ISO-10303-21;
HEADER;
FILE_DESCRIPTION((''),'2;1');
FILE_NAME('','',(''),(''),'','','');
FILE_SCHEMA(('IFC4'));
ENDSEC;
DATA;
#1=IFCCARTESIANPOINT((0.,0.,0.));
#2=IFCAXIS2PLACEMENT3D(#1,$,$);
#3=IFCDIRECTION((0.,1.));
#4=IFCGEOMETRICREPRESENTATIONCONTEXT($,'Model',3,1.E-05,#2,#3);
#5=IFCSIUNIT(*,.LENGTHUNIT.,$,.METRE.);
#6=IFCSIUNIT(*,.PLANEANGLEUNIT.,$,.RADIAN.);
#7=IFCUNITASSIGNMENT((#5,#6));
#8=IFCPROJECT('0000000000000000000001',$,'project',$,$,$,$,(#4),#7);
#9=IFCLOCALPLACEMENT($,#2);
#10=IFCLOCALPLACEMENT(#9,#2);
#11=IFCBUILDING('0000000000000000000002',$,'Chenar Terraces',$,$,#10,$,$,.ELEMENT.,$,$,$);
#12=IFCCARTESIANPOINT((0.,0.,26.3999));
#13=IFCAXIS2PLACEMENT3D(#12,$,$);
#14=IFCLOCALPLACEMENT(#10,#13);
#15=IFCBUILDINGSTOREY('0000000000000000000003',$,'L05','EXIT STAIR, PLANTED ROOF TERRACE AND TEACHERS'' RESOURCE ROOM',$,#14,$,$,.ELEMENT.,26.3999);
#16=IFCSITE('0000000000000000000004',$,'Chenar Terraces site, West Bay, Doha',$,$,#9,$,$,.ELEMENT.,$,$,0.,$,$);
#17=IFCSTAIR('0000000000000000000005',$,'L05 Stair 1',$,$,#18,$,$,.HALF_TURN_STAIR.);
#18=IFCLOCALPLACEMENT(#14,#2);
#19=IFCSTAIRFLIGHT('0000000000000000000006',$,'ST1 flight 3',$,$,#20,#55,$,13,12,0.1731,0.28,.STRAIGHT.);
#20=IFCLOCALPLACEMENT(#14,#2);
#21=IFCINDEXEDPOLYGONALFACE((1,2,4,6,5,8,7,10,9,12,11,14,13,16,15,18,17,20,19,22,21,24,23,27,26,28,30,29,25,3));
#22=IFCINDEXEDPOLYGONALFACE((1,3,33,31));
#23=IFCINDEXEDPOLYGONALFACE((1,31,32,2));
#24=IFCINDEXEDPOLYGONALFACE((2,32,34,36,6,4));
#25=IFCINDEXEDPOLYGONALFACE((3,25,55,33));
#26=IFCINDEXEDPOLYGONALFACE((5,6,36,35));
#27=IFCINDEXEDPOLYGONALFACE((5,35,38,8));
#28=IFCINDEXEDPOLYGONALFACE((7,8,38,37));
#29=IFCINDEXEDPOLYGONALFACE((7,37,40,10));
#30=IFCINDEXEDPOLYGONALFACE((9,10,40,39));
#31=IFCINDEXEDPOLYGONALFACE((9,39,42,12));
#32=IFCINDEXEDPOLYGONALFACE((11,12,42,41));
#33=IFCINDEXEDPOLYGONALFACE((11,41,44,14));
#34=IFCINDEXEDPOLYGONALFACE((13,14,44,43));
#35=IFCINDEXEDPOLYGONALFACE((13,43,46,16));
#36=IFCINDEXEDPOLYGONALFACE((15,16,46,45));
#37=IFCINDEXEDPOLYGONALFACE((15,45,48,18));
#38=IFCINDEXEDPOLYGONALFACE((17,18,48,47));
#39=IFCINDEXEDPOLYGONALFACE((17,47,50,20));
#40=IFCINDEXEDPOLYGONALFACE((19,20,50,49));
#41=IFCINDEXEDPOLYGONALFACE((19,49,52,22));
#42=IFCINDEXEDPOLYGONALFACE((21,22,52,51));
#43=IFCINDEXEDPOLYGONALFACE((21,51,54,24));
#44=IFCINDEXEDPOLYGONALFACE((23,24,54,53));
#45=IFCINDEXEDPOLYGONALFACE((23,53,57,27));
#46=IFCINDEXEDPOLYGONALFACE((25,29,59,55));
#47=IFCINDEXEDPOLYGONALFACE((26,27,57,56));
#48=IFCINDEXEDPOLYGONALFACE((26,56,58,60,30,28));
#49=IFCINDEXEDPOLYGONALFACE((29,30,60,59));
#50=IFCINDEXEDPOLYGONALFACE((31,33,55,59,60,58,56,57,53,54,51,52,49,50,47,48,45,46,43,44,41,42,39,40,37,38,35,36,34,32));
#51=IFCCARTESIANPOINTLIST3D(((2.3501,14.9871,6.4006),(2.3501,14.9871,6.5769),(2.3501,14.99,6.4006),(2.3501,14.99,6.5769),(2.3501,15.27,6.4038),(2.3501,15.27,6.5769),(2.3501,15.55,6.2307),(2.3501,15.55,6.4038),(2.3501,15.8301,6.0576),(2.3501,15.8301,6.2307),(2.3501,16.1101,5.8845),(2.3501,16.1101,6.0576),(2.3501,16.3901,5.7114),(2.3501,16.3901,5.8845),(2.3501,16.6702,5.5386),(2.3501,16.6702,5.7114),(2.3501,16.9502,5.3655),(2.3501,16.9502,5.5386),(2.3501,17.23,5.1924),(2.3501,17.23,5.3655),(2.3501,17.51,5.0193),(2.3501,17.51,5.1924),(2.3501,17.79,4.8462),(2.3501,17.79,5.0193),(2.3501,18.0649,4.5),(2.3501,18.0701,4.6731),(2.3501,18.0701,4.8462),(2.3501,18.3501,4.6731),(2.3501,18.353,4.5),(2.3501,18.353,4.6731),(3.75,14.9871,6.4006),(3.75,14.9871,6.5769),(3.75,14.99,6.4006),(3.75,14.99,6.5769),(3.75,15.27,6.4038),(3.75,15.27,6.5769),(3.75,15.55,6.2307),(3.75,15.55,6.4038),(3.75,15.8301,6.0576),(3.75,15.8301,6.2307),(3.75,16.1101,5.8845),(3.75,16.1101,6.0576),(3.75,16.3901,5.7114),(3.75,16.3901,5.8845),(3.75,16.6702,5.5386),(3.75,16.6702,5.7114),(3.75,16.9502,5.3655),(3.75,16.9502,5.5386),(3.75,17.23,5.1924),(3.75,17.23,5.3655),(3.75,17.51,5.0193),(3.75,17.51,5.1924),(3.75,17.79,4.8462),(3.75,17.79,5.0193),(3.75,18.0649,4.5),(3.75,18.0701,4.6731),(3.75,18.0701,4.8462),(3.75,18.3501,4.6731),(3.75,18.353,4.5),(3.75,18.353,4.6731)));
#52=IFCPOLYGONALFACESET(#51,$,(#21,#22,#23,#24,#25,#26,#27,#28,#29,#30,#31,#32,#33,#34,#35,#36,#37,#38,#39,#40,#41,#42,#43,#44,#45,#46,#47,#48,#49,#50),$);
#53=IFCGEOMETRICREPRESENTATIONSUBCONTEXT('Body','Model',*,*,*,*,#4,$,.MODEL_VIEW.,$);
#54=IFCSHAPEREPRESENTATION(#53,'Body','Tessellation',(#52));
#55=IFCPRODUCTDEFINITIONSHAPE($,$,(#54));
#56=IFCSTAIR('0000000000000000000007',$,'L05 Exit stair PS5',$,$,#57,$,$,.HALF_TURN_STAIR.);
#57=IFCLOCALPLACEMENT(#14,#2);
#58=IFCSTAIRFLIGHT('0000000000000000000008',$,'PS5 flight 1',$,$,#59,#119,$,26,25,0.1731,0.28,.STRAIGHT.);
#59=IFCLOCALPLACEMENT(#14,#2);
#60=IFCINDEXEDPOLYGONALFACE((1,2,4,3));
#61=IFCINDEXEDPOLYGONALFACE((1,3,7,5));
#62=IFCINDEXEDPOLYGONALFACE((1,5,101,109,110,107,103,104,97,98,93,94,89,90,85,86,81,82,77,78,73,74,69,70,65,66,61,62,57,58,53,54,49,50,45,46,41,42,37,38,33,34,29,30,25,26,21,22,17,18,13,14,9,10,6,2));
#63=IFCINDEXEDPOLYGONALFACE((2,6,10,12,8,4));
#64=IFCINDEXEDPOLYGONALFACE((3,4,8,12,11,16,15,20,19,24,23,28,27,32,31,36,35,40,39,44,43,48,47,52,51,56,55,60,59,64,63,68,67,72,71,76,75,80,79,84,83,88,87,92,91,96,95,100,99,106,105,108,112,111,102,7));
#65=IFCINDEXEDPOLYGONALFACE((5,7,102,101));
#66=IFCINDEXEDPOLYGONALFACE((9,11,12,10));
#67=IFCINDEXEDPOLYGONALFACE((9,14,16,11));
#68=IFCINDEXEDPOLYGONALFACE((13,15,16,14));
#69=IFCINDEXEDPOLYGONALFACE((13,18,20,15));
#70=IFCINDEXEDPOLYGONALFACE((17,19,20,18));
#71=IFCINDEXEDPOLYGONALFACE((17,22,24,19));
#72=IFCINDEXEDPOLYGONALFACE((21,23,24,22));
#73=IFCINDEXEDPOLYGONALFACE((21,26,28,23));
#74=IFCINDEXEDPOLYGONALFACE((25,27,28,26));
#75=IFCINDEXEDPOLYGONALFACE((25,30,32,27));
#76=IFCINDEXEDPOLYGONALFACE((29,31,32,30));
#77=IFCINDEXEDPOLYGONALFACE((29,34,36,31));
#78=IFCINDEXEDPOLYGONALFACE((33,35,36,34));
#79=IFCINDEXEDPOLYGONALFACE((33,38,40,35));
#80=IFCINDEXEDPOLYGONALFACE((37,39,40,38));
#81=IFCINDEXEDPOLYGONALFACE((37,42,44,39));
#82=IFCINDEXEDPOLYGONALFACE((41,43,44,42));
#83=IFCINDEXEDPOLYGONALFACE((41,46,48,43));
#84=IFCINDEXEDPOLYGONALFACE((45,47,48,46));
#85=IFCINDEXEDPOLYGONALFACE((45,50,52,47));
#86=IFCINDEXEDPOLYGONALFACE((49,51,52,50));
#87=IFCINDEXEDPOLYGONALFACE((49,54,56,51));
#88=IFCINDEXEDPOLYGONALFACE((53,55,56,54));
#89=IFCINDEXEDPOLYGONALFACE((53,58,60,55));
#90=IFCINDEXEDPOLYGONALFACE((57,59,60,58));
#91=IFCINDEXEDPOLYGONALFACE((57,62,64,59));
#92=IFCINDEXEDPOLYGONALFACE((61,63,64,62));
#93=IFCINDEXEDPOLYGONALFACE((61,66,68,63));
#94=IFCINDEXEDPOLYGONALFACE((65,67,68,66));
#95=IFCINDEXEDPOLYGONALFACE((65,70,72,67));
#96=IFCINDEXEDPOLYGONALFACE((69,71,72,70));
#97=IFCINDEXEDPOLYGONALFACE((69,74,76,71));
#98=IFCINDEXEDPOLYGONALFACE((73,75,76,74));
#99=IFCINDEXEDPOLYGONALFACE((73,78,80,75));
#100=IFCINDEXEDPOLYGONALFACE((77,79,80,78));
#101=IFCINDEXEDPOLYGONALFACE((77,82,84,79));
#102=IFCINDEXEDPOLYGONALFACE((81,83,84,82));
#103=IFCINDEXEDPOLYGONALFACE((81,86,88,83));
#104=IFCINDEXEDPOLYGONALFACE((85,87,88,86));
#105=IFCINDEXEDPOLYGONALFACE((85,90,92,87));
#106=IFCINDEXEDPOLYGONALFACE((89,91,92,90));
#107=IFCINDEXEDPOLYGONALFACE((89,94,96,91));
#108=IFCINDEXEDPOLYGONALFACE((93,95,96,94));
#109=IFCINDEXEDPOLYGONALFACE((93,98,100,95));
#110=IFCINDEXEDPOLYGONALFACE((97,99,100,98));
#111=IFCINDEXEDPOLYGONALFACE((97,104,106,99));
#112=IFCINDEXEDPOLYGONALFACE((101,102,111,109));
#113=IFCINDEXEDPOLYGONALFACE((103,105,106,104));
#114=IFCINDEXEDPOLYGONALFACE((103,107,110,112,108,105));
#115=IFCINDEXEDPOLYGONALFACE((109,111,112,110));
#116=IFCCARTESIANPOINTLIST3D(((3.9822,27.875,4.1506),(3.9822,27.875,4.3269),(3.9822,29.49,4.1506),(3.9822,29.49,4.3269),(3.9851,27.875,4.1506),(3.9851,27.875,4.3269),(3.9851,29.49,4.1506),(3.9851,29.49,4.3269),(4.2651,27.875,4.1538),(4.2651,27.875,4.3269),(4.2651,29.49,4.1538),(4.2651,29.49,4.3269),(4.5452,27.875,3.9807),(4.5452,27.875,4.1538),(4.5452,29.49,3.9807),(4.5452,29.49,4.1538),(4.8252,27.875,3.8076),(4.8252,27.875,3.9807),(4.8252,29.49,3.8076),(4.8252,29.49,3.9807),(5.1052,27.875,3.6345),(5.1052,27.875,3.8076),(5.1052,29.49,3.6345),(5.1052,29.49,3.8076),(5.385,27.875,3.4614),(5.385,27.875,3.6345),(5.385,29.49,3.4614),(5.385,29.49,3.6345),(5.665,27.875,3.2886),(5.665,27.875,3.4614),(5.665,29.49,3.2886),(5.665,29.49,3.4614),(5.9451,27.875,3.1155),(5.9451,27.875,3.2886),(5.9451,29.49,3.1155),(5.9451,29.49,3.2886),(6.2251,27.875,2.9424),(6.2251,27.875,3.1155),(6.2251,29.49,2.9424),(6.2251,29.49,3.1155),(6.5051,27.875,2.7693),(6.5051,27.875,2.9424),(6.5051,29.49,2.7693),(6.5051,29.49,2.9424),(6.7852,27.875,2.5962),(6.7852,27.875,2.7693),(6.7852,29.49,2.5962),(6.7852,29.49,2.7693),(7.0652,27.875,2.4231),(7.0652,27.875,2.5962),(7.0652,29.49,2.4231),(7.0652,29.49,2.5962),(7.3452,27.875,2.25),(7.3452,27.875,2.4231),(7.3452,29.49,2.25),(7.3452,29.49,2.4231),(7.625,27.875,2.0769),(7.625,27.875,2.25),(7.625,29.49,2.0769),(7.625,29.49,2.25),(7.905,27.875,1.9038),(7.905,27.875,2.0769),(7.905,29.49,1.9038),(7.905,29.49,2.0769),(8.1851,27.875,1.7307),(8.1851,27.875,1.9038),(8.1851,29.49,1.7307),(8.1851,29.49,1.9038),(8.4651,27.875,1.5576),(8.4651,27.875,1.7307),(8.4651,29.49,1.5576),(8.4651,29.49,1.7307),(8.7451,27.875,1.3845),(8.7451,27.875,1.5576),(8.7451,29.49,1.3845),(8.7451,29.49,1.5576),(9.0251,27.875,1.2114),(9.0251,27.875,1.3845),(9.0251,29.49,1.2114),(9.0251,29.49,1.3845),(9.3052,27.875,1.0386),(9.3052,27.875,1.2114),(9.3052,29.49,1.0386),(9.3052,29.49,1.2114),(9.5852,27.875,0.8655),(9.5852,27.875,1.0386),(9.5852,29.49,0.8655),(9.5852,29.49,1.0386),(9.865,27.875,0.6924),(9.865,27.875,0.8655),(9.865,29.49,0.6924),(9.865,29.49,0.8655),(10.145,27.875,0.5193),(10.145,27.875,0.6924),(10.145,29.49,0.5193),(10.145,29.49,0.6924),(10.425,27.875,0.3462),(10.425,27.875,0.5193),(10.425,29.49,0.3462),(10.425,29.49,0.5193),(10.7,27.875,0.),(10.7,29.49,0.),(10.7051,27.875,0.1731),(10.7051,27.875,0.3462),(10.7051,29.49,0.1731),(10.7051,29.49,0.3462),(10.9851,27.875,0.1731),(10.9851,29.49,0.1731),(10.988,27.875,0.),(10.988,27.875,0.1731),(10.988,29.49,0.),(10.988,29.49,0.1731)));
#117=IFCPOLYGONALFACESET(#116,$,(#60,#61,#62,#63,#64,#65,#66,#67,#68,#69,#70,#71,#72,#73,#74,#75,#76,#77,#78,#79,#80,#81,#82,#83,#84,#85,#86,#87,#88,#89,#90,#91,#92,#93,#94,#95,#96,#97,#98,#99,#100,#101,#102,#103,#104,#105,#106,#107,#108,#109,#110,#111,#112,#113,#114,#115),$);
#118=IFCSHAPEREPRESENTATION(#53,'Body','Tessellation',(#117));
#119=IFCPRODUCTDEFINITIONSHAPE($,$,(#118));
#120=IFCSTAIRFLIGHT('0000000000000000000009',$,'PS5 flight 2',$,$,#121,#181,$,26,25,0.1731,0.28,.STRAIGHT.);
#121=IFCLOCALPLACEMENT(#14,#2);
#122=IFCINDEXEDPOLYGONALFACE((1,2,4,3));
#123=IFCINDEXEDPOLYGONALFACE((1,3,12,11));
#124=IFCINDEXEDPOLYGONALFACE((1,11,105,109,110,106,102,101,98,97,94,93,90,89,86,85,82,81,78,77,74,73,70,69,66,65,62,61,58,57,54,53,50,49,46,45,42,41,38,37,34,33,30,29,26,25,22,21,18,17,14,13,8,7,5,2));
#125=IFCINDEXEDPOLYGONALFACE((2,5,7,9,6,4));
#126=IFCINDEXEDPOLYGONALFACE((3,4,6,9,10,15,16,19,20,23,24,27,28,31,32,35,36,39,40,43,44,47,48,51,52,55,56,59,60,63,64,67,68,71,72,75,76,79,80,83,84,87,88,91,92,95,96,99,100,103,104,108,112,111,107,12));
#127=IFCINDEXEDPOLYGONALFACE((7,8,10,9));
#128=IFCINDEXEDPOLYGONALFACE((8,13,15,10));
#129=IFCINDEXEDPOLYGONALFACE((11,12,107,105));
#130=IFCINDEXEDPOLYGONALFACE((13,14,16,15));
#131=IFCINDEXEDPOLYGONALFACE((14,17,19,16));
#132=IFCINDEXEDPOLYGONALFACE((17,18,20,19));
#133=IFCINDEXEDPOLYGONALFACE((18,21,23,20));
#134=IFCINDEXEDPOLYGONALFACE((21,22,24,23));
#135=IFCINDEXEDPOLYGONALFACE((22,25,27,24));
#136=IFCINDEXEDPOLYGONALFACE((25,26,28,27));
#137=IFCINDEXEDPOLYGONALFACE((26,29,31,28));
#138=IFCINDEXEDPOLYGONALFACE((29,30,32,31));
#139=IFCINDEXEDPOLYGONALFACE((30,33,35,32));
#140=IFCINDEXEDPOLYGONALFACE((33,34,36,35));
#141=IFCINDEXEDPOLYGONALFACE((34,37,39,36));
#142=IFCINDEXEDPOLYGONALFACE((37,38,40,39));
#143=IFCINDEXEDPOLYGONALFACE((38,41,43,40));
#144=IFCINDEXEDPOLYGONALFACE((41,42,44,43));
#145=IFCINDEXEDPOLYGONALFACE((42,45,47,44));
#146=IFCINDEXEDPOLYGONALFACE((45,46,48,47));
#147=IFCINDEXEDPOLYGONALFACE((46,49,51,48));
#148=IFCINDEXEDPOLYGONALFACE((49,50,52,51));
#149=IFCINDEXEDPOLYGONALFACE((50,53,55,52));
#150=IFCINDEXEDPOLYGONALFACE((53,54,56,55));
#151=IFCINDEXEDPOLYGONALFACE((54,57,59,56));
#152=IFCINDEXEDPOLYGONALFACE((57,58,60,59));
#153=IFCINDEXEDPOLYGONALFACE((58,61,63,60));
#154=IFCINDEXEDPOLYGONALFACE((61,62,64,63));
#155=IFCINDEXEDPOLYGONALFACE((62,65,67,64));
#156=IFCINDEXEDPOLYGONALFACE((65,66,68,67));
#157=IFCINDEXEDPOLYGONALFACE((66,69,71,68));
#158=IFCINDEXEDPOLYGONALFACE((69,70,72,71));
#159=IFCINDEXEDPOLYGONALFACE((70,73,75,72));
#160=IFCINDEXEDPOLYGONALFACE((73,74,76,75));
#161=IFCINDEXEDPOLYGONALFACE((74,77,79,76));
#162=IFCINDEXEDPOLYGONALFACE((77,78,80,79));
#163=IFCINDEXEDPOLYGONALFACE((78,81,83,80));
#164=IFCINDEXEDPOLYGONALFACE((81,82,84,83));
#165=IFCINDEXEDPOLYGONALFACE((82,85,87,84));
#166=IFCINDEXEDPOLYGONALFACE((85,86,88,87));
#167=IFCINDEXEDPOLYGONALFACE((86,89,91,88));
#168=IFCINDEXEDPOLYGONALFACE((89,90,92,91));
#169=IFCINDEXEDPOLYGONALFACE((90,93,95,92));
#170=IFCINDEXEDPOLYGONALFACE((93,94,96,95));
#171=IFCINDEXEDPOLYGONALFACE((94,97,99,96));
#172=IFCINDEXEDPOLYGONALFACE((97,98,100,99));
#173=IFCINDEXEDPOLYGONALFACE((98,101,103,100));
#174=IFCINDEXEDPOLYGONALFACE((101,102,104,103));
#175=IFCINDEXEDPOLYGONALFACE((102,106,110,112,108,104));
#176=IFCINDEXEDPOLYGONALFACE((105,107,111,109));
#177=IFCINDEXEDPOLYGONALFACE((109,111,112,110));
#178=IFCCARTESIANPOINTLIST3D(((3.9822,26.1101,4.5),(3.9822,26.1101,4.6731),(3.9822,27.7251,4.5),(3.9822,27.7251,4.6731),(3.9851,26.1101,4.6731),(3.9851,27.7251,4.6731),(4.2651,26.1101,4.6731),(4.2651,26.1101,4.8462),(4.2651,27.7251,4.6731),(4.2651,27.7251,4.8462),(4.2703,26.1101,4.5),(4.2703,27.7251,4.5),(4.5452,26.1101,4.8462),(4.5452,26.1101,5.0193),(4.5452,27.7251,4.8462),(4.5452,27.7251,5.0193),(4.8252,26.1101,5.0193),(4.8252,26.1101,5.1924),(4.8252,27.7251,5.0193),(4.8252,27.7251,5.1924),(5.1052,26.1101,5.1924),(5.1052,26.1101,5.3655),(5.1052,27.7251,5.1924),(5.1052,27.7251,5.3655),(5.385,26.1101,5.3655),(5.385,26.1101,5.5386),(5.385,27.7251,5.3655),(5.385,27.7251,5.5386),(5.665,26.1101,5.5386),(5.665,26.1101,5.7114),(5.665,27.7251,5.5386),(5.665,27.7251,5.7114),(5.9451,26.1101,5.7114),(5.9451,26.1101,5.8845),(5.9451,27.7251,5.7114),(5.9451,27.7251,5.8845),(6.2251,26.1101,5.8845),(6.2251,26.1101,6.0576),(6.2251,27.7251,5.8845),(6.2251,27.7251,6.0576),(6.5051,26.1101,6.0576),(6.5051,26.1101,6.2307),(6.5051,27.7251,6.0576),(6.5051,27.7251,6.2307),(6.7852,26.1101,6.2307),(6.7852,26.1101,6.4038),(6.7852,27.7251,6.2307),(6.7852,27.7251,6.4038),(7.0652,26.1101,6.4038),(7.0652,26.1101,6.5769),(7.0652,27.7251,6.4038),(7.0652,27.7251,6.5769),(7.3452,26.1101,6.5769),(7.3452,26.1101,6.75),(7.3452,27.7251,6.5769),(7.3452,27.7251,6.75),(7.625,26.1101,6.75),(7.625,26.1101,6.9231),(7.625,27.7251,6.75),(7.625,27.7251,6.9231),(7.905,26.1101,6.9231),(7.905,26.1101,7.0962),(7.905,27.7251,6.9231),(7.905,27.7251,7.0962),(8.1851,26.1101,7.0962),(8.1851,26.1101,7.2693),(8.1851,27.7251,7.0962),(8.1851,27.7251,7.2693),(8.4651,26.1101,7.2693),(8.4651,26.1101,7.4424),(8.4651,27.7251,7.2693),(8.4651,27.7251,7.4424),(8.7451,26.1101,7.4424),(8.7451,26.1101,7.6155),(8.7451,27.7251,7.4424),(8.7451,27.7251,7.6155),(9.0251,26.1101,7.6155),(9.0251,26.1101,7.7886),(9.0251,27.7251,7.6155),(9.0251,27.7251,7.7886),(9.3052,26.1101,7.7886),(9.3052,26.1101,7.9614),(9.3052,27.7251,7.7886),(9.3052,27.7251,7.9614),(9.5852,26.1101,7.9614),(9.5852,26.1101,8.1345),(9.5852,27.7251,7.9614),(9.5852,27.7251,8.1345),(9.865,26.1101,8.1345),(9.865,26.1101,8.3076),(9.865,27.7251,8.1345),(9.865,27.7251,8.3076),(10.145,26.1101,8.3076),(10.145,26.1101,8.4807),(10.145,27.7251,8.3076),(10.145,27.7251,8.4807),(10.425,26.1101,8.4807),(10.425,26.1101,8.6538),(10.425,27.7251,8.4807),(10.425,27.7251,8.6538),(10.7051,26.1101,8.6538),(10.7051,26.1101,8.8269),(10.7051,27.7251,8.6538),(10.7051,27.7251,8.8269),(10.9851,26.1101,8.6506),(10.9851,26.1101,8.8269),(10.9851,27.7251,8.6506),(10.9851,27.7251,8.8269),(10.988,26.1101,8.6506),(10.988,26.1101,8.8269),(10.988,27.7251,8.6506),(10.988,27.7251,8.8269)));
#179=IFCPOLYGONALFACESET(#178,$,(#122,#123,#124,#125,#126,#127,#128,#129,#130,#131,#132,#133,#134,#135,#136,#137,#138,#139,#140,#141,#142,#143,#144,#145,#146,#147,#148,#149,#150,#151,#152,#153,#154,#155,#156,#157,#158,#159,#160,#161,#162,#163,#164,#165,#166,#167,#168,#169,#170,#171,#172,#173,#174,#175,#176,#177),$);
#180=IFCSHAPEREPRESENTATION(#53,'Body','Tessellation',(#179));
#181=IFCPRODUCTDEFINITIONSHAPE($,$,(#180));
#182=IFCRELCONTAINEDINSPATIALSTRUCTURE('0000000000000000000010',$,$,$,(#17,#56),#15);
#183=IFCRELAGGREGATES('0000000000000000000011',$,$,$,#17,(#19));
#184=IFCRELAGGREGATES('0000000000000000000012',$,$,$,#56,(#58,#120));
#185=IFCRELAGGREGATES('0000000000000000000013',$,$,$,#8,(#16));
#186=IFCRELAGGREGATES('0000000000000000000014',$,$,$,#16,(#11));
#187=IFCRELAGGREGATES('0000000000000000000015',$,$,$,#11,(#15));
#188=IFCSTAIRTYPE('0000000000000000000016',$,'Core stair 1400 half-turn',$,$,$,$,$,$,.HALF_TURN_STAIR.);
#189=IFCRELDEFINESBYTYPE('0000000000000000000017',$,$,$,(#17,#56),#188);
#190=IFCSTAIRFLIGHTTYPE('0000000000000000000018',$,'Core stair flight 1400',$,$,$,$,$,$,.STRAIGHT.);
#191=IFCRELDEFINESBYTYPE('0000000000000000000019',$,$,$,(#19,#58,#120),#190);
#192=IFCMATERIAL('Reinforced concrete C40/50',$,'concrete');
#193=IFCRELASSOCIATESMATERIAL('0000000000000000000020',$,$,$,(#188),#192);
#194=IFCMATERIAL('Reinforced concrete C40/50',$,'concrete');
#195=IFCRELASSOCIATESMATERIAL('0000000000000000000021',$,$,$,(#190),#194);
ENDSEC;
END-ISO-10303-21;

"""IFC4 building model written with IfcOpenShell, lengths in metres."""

from ifc_helpers import new_model, si_unit, direction, frame, origin, place, context, subcontext, project, spatial, polyline, outline, extrude, material, type_object, element, aggregate, save


model = new_model("IFC4")

# Units and contexts
model_context = context("Model", 3, precision=1e-05, world=origin(), true_north=direction((0.0, 1.0)))
body_context = subcontext(model_context, "Body", "Model", "MODEL_VIEW")
ifc_project = project(units=[si_unit("LENGTHUNIT", "METRE"), si_unit("PLANEANGLEUNIT", "RADIAN")], contexts=[model_context])

# Site, building, storey
site_placement = place(None, origin())
site = spatial("IfcSite", under=ifc_project, at=site_placement, Name="Chenar Terraces site, West Bay, Doha", CompositionType="ELEMENT", RefElevation=0.0)
building_placement = place(site_placement, origin())
building = spatial("IfcBuilding", under=site, at=building_placement, Name="Chenar Terraces", CompositionType="ELEMENT")
storey_placement = place(building_placement, frame((0.0, 0.0, 26.3999)))
storey = spatial("IfcBuildingStorey", under=building, at=storey_placement, Name="L05", Description="EXIT STAIR, PLANTED ROOF TERRACE AND TEACHERS' RESOURCE ROOM", CompositionType="ELEMENT", Elevation=26.3999)

# Stairs, stair flights
ifc_material_1 = material(Name="Reinforced concrete C40/50", Category="concrete")
stair_type = type_object("IfcStairType", Name="Core stair 1400 half-turn", PredefinedType="HALF_TURN_STAIR", material=ifc_material_1)
placement = place(storey_placement, origin())
stair_1 = element("IfcStair", 1, at=placement, inside=storey, type_object=stair_type, Name="L05 Stair 1", PredefinedType="HALF_TURN_STAIR")
ifc_material_2 = material(Name="Reinforced concrete C40/50", Category="concrete")
stair_flight_type = type_object("IfcStairFlightType", Name="Core stair flight 1400", PredefinedType="STRAIGHT", material=ifc_material_2)
stair_flight_1_placement = place(storey_placement, frame((3.05, 18.3501, 4.5), z_axis=(0.0, 0.0, 1.0), x_axis=(0.0, -1.0, 0.0)))
stair_flight_1 = element("IfcStairFlight", 2, at=stair_flight_1_placement, type_object=stair_flight_type, Name="ST1 flight 3", NumberOfRisers=13, NumberOfTreads=12, PredefinedType="STRAIGHT", RiserHeight=0.1731, TreadLength=0.28, context=body_context, shape_type="SweptSolid", body=[
    extrude(outline(polyline([(-0.0029, 0.0), (-0.0029, 0.1731), (0.0, 0.1731), (0.28, 0.1731), (0.28, 0.3462), (0.5601, 0.3462), (0.5601, 0.5193), (0.8401, 0.5193), (0.8401, 0.6924), (1.1201, 0.6924), (1.1201, 0.8655), (1.3999, 0.8655), (1.3999, 1.0386), (1.6799, 1.0386), (1.6799, 1.2114), (1.96, 1.2114), (1.96, 1.3845), (2.24, 1.3845), (2.24, 1.5576), (2.52, 1.5576), (2.52, 1.7307), (2.8, 1.7307), (2.8, 1.9038), (3.0801, 1.9038), (3.0801, 2.0769), (3.3601, 2.0769), (3.363, 2.0769), (3.363, 1.9006), (3.3601, 1.9006), (0.2852, 0.0), (-0.0029, 0.0)])), frame((0.0, 0.7, 0.0), z_axis=(0.0, -1.0, 0.0), x_axis=(1.0, 0.0, 0.0)), (0.0, 0.0, 1.0), 1.3999),
])
aggregate(stair_1, [stair_flight_1])
stair_2 = element("IfcStair", 3, at=placement, inside=storey, type_object=stair_type, Name="L05 Exit stair PS5", PredefinedType="HALF_TURN_STAIR")
stair_flight_2_placement = place(storey_placement, frame((10.9851, 28.6826, 0.0), z_axis=(0.0, 0.0, 1.0), x_axis=(-1.0, 0.0, 0.0)))
stair_flight_2 = element("IfcStairFlight", 4, at=stair_flight_2_placement, type_object=stair_flight_type, Name="PS5 flight 1", NumberOfRisers=26, NumberOfTreads=25, PredefinedType="STRAIGHT", RiserHeight=0.1731, TreadLength=0.28, context=body_context, shape_type="SweptSolid", body=[
    extrude(outline(polyline([(-0.0029, 0.0), (-0.0029, 0.1731), (0.0, 0.1731), (0.28, 0.1731), (0.28, 0.3462), (0.5601, 0.3462), (0.5601, 0.5193), (0.8401, 0.5193), (0.8401, 0.6924), (1.1201, 0.6924), (1.1201, 0.8655), (1.3999, 0.8655), (1.3999, 1.0386), (1.6799, 1.0386), (1.6799, 1.2114), (1.96, 1.2114), (1.96, 1.3845), (2.24, 1.3845), (2.24, 1.5576), (2.52, 1.5576), (2.52, 1.7307), (2.8, 1.7307), (2.8, 1.9038), (3.0801, 1.9038), (3.0801, 2.0769), (3.3601, 2.0769), (3.3601, 2.25), (3.6399, 2.25), (3.6399, 2.4231), (3.9199, 2.4231), (3.9199, 2.5962), (4.2, 2.5962), (4.2, 2.7693), (4.48, 2.7693), (4.48, 2.9424), (4.76, 2.9424), (4.76, 3.1155), (5.04, 3.1155), (5.04, 3.2886), (5.3201, 3.2886), (5.3201, 3.4614), (5.6001, 3.4614), (5.6001, 3.6345), (5.8799, 3.6345), (5.8799, 3.8076), (6.1599, 3.8076), (6.1599, 3.9807), (6.4399, 3.9807), (6.4399, 4.1538), (6.72, 4.1538), (6.72, 4.3269), (7.0, 4.3269), (7.0029, 4.3269), (7.0029, 4.1506), (7.0, 4.1506), (0.2852, 0.0), (-0.0029, 0.0)])), frame((0.0, 0.8076, 0.0), z_axis=(0.0, -1.0, 0.0), x_axis=(1.0, 0.0, 0.0)), (0.0, 0.0, 1.0), 1.615),
])
stair_flight_3_placement = place(storey_placement, frame((3.9851, 26.9175, 4.5), z_axis=(0.0, 0.0, 1.0), x_axis=(1.0, 0.0, 0.0)))
stair_flight_3 = element("IfcStairFlight", 5, at=stair_flight_3_placement, type_object=stair_flight_type, Name="PS5 flight 2", NumberOfRisers=26, NumberOfTreads=25, PredefinedType="STRAIGHT", RiserHeight=0.1731, TreadLength=0.28, context=body_context, shape_type="SweptSolid", body=[
    extrude(outline(polyline([(-0.0029, 0.0), (-0.0029, 0.1731), (0.0, 0.1731), (0.28, 0.1731), (0.28, 0.3462), (0.5601, 0.3462), (0.5601, 0.5193), (0.8401, 0.5193), (0.8401, 0.6924), (1.1201, 0.6924), (1.1201, 0.8655), (1.3999, 0.8655), (1.3999, 1.0386), (1.6799, 1.0386), (1.6799, 1.2114), (1.96, 1.2114), (1.96, 1.3845), (2.24, 1.3845), (2.24, 1.5576), (2.52, 1.5576), (2.52, 1.7307), (2.8, 1.7307), (2.8, 1.9038), (3.0801, 1.9038), (3.0801, 2.0769), (3.3601, 2.0769), (3.3601, 2.25), (3.6399, 2.25), (3.6399, 2.4231), (3.9199, 2.4231), (3.9199, 2.5962), (4.2, 2.5962), (4.2, 2.7693), (4.48, 2.7693), (4.48, 2.9424), (4.76, 2.9424), (4.76, 3.1155), (5.04, 3.1155), (5.04, 3.2886), (5.3201, 3.2886), (5.3201, 3.4614), (5.6001, 3.4614), (5.6001, 3.6345), (5.8799, 3.6345), (5.8799, 3.8076), (6.1599, 3.8076), (6.1599, 3.9807), (6.4399, 3.9807), (6.4399, 4.1538), (6.72, 4.1538), (6.72, 4.3269), (7.0, 4.3269), (7.0029, 4.3269), (7.0029, 4.1506), (7.0, 4.1506), (0.2852, 0.0), (-0.0029, 0.0)])), frame((0.0, 0.8076, 0.0), z_axis=(0.0, -1.0, 0.0), x_axis=(1.0, 0.0, 0.0)), (0.0, 0.0, 1.0), 1.615),
])
aggregate(stair_2, [stair_flight_2, stair_flight_3])

save(model, "model.ifc")
